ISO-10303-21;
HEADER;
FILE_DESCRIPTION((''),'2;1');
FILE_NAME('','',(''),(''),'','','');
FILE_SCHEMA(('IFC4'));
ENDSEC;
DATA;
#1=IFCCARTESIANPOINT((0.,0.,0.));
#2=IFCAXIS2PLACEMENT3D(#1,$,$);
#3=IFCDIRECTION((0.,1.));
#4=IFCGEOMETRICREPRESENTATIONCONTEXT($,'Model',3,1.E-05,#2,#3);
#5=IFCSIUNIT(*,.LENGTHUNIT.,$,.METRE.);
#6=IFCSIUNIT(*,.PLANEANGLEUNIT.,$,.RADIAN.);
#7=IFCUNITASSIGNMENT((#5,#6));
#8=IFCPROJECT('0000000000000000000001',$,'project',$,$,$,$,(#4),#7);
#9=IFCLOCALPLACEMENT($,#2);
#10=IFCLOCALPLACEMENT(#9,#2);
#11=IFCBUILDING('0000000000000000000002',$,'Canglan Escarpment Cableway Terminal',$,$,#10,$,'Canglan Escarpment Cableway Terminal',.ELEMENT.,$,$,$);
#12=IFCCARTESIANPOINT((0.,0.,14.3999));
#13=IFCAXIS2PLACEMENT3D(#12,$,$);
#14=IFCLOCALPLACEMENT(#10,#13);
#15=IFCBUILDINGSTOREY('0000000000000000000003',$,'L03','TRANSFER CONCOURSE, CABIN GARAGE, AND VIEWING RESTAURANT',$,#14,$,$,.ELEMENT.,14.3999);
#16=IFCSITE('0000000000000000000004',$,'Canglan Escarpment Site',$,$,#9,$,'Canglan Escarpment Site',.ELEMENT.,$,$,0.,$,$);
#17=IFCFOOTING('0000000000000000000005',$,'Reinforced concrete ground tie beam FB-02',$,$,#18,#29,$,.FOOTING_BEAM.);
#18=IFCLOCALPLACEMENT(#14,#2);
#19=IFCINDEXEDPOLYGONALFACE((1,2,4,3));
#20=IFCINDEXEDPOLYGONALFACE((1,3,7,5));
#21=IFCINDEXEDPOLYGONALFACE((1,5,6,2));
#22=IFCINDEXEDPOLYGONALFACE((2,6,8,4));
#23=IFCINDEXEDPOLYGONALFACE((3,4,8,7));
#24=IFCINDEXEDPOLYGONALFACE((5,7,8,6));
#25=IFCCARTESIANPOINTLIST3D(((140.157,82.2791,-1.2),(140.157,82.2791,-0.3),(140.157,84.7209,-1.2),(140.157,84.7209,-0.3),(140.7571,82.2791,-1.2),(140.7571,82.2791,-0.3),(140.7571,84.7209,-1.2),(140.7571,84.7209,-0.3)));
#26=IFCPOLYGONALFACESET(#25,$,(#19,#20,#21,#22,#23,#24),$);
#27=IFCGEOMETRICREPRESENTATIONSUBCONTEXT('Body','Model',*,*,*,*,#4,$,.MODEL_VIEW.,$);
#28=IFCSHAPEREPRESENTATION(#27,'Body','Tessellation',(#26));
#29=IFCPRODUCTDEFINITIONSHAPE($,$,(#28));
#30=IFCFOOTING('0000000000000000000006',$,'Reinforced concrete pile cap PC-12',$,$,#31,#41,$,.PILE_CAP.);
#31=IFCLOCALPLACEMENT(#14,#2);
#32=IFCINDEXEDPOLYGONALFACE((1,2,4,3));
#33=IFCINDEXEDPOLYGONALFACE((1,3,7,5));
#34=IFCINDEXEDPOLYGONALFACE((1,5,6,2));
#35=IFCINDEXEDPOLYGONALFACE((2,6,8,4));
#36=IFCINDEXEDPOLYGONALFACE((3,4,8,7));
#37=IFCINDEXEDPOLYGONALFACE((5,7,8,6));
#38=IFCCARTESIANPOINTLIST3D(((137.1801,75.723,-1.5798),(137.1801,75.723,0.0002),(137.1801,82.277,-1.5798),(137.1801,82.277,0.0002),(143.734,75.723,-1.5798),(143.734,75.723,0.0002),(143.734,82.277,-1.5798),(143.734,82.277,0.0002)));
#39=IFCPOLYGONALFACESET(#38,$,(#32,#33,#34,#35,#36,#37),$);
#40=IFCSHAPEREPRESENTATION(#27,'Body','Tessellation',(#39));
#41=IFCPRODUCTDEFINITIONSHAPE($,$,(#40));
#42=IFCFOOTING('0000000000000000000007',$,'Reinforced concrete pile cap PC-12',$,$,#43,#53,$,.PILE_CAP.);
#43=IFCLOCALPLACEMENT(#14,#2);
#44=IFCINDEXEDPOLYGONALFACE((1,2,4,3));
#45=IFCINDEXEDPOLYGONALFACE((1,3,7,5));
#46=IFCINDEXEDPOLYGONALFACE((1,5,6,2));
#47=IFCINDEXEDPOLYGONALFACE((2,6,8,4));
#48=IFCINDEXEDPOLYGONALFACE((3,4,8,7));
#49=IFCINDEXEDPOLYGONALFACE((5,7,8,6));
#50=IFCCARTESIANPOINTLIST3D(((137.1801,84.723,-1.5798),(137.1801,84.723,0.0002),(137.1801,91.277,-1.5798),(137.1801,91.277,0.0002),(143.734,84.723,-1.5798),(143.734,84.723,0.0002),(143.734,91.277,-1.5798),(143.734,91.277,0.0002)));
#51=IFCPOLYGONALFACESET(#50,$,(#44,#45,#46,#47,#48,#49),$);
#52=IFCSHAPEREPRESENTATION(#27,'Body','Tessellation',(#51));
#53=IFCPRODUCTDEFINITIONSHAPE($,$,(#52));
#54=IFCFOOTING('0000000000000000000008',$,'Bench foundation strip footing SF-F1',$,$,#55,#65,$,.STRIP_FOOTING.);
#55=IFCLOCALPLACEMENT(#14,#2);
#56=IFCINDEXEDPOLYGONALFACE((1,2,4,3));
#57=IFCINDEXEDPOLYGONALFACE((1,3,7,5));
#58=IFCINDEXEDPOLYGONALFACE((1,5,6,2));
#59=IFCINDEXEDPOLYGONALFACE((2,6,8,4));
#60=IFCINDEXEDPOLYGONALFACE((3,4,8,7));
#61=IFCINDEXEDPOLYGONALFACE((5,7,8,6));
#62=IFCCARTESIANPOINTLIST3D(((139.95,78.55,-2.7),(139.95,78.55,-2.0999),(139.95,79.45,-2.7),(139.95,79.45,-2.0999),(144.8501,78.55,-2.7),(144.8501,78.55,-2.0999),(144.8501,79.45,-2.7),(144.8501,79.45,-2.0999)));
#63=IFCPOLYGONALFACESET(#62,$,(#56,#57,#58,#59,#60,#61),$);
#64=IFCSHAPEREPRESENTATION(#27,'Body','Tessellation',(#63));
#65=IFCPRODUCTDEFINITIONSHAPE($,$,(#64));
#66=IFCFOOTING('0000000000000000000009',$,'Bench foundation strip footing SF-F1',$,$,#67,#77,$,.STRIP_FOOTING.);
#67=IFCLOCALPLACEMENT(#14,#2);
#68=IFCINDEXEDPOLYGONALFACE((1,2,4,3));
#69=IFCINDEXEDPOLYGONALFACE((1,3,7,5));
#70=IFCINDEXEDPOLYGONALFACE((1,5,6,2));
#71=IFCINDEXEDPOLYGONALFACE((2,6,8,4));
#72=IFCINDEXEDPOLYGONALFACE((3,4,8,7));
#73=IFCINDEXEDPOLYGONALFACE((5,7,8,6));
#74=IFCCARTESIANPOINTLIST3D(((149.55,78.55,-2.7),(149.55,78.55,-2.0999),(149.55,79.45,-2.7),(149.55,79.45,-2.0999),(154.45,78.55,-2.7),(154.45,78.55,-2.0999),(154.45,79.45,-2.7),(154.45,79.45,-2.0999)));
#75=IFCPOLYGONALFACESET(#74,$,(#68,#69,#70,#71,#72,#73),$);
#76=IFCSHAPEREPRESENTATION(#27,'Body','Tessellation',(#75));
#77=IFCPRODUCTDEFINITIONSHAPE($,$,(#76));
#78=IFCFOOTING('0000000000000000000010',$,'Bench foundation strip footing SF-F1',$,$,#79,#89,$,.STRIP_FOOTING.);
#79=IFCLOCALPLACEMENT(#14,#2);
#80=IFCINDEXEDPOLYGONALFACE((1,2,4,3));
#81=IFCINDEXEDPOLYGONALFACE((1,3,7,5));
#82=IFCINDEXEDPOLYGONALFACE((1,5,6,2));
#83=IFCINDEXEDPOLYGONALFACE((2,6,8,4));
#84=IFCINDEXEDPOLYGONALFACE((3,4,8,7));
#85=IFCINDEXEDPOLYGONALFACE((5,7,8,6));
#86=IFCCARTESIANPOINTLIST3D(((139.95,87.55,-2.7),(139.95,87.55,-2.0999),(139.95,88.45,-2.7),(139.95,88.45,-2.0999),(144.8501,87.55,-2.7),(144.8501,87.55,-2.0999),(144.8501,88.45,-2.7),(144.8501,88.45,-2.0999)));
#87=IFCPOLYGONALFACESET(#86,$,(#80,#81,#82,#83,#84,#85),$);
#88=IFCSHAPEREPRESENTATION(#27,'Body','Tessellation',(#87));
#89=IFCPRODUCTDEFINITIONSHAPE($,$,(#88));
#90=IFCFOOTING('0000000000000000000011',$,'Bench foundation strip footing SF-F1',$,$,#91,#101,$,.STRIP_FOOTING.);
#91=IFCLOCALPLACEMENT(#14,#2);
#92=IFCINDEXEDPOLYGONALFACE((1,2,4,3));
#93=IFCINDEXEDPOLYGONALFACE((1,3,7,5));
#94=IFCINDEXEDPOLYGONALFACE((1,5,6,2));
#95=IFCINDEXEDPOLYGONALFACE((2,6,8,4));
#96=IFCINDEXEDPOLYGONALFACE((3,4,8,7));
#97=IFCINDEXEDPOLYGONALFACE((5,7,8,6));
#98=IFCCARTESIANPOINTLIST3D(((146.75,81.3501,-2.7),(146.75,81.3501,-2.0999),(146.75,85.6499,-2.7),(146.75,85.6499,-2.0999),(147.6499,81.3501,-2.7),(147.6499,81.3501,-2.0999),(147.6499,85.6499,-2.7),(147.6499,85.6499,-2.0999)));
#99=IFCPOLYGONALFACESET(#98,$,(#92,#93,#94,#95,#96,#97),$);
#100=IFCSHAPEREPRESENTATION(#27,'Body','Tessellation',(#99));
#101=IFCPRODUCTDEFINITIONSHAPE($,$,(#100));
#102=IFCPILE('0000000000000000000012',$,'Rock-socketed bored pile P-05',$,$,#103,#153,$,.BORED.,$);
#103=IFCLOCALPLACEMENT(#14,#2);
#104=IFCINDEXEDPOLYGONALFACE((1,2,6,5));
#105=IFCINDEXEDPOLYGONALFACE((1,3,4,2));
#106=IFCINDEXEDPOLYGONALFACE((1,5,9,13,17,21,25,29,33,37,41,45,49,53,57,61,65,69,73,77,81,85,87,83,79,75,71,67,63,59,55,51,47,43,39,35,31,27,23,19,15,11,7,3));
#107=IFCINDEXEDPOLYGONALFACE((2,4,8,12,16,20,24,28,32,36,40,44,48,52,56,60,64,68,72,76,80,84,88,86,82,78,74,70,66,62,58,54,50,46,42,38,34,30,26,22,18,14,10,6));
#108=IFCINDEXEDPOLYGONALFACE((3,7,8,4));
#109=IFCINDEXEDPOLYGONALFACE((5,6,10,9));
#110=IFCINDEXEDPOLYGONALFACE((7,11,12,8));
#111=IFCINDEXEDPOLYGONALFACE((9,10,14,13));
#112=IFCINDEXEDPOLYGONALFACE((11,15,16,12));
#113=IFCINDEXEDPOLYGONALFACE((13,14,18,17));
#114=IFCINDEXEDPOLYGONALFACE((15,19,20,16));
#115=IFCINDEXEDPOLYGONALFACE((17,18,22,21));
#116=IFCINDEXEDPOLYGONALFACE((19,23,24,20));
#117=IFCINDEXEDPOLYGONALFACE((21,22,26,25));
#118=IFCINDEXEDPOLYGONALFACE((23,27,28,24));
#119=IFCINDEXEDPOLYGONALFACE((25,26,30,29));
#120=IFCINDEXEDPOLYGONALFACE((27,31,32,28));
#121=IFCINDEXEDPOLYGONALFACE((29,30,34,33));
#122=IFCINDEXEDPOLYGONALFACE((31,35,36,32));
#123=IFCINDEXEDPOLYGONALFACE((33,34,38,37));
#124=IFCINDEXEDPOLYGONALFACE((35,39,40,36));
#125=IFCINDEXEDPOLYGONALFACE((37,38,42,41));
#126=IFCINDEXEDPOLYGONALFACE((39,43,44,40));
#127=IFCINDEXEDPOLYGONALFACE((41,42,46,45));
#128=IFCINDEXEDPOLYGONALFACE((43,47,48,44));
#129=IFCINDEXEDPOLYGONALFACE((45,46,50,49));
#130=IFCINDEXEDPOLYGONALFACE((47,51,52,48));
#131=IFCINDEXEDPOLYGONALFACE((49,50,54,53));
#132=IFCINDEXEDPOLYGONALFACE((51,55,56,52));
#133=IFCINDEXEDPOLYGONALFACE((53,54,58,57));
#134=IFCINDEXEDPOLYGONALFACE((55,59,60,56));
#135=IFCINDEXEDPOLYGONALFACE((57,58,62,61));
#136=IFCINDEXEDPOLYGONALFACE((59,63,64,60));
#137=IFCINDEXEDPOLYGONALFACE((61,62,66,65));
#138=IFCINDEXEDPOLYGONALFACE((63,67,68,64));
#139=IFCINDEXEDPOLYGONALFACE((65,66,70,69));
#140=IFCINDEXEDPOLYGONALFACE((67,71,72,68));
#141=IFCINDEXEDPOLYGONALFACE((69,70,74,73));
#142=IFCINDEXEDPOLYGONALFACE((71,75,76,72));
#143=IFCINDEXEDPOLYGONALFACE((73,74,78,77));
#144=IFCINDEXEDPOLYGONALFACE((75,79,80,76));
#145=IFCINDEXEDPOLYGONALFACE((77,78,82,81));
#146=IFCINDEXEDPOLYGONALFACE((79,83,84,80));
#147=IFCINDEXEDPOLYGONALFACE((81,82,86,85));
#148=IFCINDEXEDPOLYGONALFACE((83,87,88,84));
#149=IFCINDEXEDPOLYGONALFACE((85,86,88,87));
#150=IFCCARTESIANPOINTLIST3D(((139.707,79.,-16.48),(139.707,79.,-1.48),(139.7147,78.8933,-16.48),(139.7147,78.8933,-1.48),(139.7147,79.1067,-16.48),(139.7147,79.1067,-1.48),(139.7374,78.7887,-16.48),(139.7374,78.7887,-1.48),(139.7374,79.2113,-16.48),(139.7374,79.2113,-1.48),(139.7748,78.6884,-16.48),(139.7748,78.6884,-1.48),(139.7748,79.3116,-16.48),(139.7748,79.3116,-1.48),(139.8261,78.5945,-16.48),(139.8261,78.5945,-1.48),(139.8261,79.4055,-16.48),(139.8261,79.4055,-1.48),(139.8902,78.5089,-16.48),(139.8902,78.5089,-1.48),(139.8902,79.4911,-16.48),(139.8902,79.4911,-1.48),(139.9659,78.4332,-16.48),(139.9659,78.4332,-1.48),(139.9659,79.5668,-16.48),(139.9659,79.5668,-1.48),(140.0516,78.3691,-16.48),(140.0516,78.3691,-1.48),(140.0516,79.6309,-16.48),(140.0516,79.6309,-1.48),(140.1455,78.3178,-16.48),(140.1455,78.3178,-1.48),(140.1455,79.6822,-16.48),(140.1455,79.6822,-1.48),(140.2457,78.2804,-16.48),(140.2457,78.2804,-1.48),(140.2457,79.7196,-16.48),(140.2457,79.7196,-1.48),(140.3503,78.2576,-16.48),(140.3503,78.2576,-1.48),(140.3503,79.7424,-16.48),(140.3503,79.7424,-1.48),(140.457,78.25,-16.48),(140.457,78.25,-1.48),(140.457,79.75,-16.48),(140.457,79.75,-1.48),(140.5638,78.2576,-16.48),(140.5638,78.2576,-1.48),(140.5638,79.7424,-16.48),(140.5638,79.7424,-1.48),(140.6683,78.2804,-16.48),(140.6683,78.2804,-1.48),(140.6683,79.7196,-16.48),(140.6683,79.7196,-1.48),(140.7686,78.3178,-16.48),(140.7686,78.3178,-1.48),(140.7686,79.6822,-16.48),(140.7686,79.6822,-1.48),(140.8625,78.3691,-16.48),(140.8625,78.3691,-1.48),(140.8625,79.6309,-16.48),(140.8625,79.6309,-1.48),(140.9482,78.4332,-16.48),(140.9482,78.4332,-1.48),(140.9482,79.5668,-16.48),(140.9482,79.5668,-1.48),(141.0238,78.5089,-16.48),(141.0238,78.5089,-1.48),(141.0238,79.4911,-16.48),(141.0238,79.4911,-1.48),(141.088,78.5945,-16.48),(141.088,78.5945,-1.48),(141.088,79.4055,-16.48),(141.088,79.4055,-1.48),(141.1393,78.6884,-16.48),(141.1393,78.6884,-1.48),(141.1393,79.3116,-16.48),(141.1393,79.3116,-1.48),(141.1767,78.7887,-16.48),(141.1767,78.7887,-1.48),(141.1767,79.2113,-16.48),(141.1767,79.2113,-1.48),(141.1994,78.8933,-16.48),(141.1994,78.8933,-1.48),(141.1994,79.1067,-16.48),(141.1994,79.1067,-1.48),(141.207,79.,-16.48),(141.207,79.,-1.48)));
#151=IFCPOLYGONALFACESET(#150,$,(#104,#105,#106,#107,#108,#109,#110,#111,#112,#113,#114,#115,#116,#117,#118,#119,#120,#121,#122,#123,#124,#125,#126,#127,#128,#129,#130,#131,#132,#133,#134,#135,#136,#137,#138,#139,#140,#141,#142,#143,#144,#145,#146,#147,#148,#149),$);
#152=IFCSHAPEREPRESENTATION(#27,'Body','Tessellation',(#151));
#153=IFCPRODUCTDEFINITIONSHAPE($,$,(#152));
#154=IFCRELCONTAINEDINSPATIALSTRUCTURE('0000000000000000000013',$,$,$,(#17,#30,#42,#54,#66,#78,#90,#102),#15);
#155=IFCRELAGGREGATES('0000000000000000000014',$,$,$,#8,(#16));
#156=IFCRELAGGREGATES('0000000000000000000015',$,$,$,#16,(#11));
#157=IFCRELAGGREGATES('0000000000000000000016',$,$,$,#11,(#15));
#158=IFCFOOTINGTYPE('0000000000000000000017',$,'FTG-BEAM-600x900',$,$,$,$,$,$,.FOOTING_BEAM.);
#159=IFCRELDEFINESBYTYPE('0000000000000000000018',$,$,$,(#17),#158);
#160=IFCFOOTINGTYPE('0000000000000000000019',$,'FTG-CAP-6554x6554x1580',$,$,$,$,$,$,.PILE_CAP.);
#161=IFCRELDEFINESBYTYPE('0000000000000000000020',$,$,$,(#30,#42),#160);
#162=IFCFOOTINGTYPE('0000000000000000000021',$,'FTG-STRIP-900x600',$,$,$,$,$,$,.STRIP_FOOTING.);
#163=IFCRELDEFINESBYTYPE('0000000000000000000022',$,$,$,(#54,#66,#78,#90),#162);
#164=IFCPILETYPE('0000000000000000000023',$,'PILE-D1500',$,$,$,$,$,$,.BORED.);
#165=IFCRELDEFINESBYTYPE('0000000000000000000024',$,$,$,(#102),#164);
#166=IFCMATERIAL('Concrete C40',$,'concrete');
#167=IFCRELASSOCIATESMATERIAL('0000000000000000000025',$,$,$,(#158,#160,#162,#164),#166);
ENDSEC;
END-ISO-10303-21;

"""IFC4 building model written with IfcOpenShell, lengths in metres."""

from ifc_helpers import new_model, si_unit, direction, frame, origin, origin_2d, place, context, subcontext, project, spatial, rectangle, circle, extrude, material, material_profile, profile_set, type_object, element, save


model = new_model("IFC4")

# Units and contexts
model_context = context("Model", 3, precision=1e-05, world=origin(), true_north=direction((0.0, 1.0)))
body_context = subcontext(model_context, "Body", "Model", "MODEL_VIEW")
ifc_project = project(units=[si_unit("LENGTHUNIT", "METRE"), si_unit("PLANEANGLEUNIT", "RADIAN")], contexts=[model_context])

# Site, building, storey
site_placement = place(None, origin())
site = spatial("IfcSite", under=ifc_project, at=site_placement, Name="Canglan Escarpment Site", LongName="Canglan Escarpment Site", CompositionType="ELEMENT", RefElevation=0.0)
building_placement = place(site_placement, origin())
building = spatial("IfcBuilding", under=site, at=building_placement, Name="Canglan Escarpment Cableway Terminal", LongName="Canglan Escarpment Cableway Terminal", CompositionType="ELEMENT")
storey_placement = place(building_placement, frame((0.0, 0.0, 14.3999)))
storey = spatial("IfcBuildingStorey", under=building, at=storey_placement, Name="L03", Description="TRANSFER CONCOURSE, CABIN GARAGE, AND VIEWING RESTAURANT", CompositionType="ELEMENT", Elevation=14.3999)

# Footings
ifc_material_1 = material(Name="Concrete C40", Category="concrete")
ifc_material_profile_1 = material_profile(ifc_material_1, rectangle(XDim=0.6001, YDim=0.8999, at=origin_2d()), Name="FB 600x900")
ifc_profile_set_1 = profile_set([ifc_material_profile_1], Name="Concrete C40")
footing_type_1 = type_object("IfcFootingType", Name="FTG-BEAM-600x900", PredefinedType="FOOTING_BEAM", material=ifc_profile_set_1)
footing_1_placement = place(storey_placement, frame((140.457, 82.2791, -0.75), z_axis=(0.0, 1.0, 0.0), x_axis=(-1.0, 0.0, 0.0)))
element("IfcFooting", 1, at=footing_1_placement, inside=storey, type_object=footing_type_1, Name="Reinforced concrete ground tie beam FB-02", PredefinedType="FOOTING_BEAM", context=body_context, shape_type="SweptSolid", body=[
    extrude(rectangle(XDim=0.6001, YDim=0.8999, at=origin_2d()), origin(), (0.0, 0.0, 1.0), 2.4419),
])
footing_type_2 = type_object("IfcFootingType", Name="FTG-CAP-6554x6554x1580", PredefinedType="PILE_CAP", material=ifc_material_1)
for number, where, z_axis, x_axis, name in (
    (2, (140.457, 79.0, -1.5798), (0.0, 0.0, 1.0), (1.0, 0.0, 0.0), "Reinforced concrete pile cap PC-12"),
    (3, (140.457, 88.0, -1.5798), (0.0, 0.0, 1.0), (1.0, 0.0, 0.0), "Reinforced concrete pile cap PC-12"),
):
    element("IfcFooting", number, at=place(storey_placement, frame(where, z_axis=z_axis, x_axis=x_axis)), inside=storey, type_object=footing_type_2, Name=name, PredefinedType="PILE_CAP", context=body_context, shape_type="SweptSolid", body=[
        extrude(rectangle(XDim=6.554, YDim=6.554, at=origin_2d()), origin(), (0.0, 0.0, 1.0), 1.5801),
    ])
ifc_material_profile_2 = material_profile(ifc_material_1, rectangle(XDim=0.8999, YDim=0.6001, at=origin_2d()), Name="SF 900x600")
ifc_profile_set_2 = profile_set([ifc_material_profile_2], Name="Concrete C40")
footing_type_3 = type_object("IfcFootingType", Name="FTG-STRIP-900x600", PredefinedType="STRIP_FOOTING", material=ifc_profile_set_2)
footing_2_placement = place(storey_placement, frame((139.95, 79.0, -2.3999), z_axis=(1.0, 0.0, 0.0), x_axis=(0.0, 1.0, 0.0)))
element("IfcFooting", 4, at=footing_2_placement, inside=storey, type_object=footing_type_3, Name="Bench foundation strip footing SF-F1", PredefinedType="STRIP_FOOTING", context=body_context, shape_type="SweptSolid", body=[
    extrude(rectangle(XDim=0.8999, YDim=0.6001, at=origin_2d()), origin(), (0.0, 0.0, 1.0), 4.9001),
])
footing_3_placement = place(storey_placement, frame((149.55, 79.0, -2.3999), z_axis=(1.0, 0.0, 0.0), x_axis=(0.0, 1.0, 0.0)))
element("IfcFooting", 5, at=footing_3_placement, inside=storey, type_object=footing_type_3, Name="Bench foundation strip footing SF-F1", PredefinedType="STRIP_FOOTING", context=body_context, shape_type="SweptSolid", body=[
    extrude(rectangle(XDim=0.8999, YDim=0.6001, at=origin_2d()), origin(), (0.0, 0.0, 1.0), 4.8999),
])
footing_4_placement = place(storey_placement, frame((139.95, 88.0, -2.3999), z_axis=(1.0, 0.0, 0.0), x_axis=(0.0, 1.0, 0.0)))
element("IfcFooting", 6, at=footing_4_placement, inside=storey, type_object=footing_type_3, Name="Bench foundation strip footing SF-F1", PredefinedType="STRIP_FOOTING", context=body_context, shape_type="SweptSolid", body=[
    extrude(rectangle(XDim=0.8999, YDim=0.6001, at=origin_2d()), origin(), (0.0, 0.0, 1.0), 4.9001),
])
footing_5_placement = place(storey_placement, frame((147.2, 81.3501, -2.3999), z_axis=(0.0, 1.0, 0.0), x_axis=(-1.0, 0.0, 0.0)))
element("IfcFooting", 7, at=footing_5_placement, inside=storey, type_object=footing_type_3, Name="Bench foundation strip footing SF-F1", PredefinedType="STRIP_FOOTING", context=body_context, shape_type="SweptSolid", body=[
    extrude(rectangle(XDim=0.8999, YDim=0.6001, at=origin_2d()), origin(), (0.0, 0.0, 1.0), 4.2998),
])

# Pile
ifc_material_profile_3 = material_profile(ifc_material_1, circle(Radius=0.75, at=origin_2d()), Name="BORED PILE D1500")
ifc_profile_set_3 = profile_set([ifc_material_profile_3], Name="Concrete C40")
pile_type = type_object("IfcPileType", Name="PILE-D1500", PredefinedType="BORED", material=ifc_profile_set_3)
for number, where, z_axis, x_axis, name in (
    (8, (140.457, 79.0, -1.48), (0.0, 0.0, -1.0), (1.0, 0.0, 0.0), "Rock-socketed bored pile P-05"),
):
    element("IfcPile", number, at=place(storey_placement, frame(where, z_axis=z_axis, x_axis=x_axis)), inside=storey, type_object=pile_type, Name=name, PredefinedType="BORED", context=body_context, shape_type="SweptSolid", body=[
        extrude(circle(Radius=0.75, at=origin_2d()), origin(), (0.0, 0.0, 1.0), 15.0),
    ])

save(model, "model.ifc")
